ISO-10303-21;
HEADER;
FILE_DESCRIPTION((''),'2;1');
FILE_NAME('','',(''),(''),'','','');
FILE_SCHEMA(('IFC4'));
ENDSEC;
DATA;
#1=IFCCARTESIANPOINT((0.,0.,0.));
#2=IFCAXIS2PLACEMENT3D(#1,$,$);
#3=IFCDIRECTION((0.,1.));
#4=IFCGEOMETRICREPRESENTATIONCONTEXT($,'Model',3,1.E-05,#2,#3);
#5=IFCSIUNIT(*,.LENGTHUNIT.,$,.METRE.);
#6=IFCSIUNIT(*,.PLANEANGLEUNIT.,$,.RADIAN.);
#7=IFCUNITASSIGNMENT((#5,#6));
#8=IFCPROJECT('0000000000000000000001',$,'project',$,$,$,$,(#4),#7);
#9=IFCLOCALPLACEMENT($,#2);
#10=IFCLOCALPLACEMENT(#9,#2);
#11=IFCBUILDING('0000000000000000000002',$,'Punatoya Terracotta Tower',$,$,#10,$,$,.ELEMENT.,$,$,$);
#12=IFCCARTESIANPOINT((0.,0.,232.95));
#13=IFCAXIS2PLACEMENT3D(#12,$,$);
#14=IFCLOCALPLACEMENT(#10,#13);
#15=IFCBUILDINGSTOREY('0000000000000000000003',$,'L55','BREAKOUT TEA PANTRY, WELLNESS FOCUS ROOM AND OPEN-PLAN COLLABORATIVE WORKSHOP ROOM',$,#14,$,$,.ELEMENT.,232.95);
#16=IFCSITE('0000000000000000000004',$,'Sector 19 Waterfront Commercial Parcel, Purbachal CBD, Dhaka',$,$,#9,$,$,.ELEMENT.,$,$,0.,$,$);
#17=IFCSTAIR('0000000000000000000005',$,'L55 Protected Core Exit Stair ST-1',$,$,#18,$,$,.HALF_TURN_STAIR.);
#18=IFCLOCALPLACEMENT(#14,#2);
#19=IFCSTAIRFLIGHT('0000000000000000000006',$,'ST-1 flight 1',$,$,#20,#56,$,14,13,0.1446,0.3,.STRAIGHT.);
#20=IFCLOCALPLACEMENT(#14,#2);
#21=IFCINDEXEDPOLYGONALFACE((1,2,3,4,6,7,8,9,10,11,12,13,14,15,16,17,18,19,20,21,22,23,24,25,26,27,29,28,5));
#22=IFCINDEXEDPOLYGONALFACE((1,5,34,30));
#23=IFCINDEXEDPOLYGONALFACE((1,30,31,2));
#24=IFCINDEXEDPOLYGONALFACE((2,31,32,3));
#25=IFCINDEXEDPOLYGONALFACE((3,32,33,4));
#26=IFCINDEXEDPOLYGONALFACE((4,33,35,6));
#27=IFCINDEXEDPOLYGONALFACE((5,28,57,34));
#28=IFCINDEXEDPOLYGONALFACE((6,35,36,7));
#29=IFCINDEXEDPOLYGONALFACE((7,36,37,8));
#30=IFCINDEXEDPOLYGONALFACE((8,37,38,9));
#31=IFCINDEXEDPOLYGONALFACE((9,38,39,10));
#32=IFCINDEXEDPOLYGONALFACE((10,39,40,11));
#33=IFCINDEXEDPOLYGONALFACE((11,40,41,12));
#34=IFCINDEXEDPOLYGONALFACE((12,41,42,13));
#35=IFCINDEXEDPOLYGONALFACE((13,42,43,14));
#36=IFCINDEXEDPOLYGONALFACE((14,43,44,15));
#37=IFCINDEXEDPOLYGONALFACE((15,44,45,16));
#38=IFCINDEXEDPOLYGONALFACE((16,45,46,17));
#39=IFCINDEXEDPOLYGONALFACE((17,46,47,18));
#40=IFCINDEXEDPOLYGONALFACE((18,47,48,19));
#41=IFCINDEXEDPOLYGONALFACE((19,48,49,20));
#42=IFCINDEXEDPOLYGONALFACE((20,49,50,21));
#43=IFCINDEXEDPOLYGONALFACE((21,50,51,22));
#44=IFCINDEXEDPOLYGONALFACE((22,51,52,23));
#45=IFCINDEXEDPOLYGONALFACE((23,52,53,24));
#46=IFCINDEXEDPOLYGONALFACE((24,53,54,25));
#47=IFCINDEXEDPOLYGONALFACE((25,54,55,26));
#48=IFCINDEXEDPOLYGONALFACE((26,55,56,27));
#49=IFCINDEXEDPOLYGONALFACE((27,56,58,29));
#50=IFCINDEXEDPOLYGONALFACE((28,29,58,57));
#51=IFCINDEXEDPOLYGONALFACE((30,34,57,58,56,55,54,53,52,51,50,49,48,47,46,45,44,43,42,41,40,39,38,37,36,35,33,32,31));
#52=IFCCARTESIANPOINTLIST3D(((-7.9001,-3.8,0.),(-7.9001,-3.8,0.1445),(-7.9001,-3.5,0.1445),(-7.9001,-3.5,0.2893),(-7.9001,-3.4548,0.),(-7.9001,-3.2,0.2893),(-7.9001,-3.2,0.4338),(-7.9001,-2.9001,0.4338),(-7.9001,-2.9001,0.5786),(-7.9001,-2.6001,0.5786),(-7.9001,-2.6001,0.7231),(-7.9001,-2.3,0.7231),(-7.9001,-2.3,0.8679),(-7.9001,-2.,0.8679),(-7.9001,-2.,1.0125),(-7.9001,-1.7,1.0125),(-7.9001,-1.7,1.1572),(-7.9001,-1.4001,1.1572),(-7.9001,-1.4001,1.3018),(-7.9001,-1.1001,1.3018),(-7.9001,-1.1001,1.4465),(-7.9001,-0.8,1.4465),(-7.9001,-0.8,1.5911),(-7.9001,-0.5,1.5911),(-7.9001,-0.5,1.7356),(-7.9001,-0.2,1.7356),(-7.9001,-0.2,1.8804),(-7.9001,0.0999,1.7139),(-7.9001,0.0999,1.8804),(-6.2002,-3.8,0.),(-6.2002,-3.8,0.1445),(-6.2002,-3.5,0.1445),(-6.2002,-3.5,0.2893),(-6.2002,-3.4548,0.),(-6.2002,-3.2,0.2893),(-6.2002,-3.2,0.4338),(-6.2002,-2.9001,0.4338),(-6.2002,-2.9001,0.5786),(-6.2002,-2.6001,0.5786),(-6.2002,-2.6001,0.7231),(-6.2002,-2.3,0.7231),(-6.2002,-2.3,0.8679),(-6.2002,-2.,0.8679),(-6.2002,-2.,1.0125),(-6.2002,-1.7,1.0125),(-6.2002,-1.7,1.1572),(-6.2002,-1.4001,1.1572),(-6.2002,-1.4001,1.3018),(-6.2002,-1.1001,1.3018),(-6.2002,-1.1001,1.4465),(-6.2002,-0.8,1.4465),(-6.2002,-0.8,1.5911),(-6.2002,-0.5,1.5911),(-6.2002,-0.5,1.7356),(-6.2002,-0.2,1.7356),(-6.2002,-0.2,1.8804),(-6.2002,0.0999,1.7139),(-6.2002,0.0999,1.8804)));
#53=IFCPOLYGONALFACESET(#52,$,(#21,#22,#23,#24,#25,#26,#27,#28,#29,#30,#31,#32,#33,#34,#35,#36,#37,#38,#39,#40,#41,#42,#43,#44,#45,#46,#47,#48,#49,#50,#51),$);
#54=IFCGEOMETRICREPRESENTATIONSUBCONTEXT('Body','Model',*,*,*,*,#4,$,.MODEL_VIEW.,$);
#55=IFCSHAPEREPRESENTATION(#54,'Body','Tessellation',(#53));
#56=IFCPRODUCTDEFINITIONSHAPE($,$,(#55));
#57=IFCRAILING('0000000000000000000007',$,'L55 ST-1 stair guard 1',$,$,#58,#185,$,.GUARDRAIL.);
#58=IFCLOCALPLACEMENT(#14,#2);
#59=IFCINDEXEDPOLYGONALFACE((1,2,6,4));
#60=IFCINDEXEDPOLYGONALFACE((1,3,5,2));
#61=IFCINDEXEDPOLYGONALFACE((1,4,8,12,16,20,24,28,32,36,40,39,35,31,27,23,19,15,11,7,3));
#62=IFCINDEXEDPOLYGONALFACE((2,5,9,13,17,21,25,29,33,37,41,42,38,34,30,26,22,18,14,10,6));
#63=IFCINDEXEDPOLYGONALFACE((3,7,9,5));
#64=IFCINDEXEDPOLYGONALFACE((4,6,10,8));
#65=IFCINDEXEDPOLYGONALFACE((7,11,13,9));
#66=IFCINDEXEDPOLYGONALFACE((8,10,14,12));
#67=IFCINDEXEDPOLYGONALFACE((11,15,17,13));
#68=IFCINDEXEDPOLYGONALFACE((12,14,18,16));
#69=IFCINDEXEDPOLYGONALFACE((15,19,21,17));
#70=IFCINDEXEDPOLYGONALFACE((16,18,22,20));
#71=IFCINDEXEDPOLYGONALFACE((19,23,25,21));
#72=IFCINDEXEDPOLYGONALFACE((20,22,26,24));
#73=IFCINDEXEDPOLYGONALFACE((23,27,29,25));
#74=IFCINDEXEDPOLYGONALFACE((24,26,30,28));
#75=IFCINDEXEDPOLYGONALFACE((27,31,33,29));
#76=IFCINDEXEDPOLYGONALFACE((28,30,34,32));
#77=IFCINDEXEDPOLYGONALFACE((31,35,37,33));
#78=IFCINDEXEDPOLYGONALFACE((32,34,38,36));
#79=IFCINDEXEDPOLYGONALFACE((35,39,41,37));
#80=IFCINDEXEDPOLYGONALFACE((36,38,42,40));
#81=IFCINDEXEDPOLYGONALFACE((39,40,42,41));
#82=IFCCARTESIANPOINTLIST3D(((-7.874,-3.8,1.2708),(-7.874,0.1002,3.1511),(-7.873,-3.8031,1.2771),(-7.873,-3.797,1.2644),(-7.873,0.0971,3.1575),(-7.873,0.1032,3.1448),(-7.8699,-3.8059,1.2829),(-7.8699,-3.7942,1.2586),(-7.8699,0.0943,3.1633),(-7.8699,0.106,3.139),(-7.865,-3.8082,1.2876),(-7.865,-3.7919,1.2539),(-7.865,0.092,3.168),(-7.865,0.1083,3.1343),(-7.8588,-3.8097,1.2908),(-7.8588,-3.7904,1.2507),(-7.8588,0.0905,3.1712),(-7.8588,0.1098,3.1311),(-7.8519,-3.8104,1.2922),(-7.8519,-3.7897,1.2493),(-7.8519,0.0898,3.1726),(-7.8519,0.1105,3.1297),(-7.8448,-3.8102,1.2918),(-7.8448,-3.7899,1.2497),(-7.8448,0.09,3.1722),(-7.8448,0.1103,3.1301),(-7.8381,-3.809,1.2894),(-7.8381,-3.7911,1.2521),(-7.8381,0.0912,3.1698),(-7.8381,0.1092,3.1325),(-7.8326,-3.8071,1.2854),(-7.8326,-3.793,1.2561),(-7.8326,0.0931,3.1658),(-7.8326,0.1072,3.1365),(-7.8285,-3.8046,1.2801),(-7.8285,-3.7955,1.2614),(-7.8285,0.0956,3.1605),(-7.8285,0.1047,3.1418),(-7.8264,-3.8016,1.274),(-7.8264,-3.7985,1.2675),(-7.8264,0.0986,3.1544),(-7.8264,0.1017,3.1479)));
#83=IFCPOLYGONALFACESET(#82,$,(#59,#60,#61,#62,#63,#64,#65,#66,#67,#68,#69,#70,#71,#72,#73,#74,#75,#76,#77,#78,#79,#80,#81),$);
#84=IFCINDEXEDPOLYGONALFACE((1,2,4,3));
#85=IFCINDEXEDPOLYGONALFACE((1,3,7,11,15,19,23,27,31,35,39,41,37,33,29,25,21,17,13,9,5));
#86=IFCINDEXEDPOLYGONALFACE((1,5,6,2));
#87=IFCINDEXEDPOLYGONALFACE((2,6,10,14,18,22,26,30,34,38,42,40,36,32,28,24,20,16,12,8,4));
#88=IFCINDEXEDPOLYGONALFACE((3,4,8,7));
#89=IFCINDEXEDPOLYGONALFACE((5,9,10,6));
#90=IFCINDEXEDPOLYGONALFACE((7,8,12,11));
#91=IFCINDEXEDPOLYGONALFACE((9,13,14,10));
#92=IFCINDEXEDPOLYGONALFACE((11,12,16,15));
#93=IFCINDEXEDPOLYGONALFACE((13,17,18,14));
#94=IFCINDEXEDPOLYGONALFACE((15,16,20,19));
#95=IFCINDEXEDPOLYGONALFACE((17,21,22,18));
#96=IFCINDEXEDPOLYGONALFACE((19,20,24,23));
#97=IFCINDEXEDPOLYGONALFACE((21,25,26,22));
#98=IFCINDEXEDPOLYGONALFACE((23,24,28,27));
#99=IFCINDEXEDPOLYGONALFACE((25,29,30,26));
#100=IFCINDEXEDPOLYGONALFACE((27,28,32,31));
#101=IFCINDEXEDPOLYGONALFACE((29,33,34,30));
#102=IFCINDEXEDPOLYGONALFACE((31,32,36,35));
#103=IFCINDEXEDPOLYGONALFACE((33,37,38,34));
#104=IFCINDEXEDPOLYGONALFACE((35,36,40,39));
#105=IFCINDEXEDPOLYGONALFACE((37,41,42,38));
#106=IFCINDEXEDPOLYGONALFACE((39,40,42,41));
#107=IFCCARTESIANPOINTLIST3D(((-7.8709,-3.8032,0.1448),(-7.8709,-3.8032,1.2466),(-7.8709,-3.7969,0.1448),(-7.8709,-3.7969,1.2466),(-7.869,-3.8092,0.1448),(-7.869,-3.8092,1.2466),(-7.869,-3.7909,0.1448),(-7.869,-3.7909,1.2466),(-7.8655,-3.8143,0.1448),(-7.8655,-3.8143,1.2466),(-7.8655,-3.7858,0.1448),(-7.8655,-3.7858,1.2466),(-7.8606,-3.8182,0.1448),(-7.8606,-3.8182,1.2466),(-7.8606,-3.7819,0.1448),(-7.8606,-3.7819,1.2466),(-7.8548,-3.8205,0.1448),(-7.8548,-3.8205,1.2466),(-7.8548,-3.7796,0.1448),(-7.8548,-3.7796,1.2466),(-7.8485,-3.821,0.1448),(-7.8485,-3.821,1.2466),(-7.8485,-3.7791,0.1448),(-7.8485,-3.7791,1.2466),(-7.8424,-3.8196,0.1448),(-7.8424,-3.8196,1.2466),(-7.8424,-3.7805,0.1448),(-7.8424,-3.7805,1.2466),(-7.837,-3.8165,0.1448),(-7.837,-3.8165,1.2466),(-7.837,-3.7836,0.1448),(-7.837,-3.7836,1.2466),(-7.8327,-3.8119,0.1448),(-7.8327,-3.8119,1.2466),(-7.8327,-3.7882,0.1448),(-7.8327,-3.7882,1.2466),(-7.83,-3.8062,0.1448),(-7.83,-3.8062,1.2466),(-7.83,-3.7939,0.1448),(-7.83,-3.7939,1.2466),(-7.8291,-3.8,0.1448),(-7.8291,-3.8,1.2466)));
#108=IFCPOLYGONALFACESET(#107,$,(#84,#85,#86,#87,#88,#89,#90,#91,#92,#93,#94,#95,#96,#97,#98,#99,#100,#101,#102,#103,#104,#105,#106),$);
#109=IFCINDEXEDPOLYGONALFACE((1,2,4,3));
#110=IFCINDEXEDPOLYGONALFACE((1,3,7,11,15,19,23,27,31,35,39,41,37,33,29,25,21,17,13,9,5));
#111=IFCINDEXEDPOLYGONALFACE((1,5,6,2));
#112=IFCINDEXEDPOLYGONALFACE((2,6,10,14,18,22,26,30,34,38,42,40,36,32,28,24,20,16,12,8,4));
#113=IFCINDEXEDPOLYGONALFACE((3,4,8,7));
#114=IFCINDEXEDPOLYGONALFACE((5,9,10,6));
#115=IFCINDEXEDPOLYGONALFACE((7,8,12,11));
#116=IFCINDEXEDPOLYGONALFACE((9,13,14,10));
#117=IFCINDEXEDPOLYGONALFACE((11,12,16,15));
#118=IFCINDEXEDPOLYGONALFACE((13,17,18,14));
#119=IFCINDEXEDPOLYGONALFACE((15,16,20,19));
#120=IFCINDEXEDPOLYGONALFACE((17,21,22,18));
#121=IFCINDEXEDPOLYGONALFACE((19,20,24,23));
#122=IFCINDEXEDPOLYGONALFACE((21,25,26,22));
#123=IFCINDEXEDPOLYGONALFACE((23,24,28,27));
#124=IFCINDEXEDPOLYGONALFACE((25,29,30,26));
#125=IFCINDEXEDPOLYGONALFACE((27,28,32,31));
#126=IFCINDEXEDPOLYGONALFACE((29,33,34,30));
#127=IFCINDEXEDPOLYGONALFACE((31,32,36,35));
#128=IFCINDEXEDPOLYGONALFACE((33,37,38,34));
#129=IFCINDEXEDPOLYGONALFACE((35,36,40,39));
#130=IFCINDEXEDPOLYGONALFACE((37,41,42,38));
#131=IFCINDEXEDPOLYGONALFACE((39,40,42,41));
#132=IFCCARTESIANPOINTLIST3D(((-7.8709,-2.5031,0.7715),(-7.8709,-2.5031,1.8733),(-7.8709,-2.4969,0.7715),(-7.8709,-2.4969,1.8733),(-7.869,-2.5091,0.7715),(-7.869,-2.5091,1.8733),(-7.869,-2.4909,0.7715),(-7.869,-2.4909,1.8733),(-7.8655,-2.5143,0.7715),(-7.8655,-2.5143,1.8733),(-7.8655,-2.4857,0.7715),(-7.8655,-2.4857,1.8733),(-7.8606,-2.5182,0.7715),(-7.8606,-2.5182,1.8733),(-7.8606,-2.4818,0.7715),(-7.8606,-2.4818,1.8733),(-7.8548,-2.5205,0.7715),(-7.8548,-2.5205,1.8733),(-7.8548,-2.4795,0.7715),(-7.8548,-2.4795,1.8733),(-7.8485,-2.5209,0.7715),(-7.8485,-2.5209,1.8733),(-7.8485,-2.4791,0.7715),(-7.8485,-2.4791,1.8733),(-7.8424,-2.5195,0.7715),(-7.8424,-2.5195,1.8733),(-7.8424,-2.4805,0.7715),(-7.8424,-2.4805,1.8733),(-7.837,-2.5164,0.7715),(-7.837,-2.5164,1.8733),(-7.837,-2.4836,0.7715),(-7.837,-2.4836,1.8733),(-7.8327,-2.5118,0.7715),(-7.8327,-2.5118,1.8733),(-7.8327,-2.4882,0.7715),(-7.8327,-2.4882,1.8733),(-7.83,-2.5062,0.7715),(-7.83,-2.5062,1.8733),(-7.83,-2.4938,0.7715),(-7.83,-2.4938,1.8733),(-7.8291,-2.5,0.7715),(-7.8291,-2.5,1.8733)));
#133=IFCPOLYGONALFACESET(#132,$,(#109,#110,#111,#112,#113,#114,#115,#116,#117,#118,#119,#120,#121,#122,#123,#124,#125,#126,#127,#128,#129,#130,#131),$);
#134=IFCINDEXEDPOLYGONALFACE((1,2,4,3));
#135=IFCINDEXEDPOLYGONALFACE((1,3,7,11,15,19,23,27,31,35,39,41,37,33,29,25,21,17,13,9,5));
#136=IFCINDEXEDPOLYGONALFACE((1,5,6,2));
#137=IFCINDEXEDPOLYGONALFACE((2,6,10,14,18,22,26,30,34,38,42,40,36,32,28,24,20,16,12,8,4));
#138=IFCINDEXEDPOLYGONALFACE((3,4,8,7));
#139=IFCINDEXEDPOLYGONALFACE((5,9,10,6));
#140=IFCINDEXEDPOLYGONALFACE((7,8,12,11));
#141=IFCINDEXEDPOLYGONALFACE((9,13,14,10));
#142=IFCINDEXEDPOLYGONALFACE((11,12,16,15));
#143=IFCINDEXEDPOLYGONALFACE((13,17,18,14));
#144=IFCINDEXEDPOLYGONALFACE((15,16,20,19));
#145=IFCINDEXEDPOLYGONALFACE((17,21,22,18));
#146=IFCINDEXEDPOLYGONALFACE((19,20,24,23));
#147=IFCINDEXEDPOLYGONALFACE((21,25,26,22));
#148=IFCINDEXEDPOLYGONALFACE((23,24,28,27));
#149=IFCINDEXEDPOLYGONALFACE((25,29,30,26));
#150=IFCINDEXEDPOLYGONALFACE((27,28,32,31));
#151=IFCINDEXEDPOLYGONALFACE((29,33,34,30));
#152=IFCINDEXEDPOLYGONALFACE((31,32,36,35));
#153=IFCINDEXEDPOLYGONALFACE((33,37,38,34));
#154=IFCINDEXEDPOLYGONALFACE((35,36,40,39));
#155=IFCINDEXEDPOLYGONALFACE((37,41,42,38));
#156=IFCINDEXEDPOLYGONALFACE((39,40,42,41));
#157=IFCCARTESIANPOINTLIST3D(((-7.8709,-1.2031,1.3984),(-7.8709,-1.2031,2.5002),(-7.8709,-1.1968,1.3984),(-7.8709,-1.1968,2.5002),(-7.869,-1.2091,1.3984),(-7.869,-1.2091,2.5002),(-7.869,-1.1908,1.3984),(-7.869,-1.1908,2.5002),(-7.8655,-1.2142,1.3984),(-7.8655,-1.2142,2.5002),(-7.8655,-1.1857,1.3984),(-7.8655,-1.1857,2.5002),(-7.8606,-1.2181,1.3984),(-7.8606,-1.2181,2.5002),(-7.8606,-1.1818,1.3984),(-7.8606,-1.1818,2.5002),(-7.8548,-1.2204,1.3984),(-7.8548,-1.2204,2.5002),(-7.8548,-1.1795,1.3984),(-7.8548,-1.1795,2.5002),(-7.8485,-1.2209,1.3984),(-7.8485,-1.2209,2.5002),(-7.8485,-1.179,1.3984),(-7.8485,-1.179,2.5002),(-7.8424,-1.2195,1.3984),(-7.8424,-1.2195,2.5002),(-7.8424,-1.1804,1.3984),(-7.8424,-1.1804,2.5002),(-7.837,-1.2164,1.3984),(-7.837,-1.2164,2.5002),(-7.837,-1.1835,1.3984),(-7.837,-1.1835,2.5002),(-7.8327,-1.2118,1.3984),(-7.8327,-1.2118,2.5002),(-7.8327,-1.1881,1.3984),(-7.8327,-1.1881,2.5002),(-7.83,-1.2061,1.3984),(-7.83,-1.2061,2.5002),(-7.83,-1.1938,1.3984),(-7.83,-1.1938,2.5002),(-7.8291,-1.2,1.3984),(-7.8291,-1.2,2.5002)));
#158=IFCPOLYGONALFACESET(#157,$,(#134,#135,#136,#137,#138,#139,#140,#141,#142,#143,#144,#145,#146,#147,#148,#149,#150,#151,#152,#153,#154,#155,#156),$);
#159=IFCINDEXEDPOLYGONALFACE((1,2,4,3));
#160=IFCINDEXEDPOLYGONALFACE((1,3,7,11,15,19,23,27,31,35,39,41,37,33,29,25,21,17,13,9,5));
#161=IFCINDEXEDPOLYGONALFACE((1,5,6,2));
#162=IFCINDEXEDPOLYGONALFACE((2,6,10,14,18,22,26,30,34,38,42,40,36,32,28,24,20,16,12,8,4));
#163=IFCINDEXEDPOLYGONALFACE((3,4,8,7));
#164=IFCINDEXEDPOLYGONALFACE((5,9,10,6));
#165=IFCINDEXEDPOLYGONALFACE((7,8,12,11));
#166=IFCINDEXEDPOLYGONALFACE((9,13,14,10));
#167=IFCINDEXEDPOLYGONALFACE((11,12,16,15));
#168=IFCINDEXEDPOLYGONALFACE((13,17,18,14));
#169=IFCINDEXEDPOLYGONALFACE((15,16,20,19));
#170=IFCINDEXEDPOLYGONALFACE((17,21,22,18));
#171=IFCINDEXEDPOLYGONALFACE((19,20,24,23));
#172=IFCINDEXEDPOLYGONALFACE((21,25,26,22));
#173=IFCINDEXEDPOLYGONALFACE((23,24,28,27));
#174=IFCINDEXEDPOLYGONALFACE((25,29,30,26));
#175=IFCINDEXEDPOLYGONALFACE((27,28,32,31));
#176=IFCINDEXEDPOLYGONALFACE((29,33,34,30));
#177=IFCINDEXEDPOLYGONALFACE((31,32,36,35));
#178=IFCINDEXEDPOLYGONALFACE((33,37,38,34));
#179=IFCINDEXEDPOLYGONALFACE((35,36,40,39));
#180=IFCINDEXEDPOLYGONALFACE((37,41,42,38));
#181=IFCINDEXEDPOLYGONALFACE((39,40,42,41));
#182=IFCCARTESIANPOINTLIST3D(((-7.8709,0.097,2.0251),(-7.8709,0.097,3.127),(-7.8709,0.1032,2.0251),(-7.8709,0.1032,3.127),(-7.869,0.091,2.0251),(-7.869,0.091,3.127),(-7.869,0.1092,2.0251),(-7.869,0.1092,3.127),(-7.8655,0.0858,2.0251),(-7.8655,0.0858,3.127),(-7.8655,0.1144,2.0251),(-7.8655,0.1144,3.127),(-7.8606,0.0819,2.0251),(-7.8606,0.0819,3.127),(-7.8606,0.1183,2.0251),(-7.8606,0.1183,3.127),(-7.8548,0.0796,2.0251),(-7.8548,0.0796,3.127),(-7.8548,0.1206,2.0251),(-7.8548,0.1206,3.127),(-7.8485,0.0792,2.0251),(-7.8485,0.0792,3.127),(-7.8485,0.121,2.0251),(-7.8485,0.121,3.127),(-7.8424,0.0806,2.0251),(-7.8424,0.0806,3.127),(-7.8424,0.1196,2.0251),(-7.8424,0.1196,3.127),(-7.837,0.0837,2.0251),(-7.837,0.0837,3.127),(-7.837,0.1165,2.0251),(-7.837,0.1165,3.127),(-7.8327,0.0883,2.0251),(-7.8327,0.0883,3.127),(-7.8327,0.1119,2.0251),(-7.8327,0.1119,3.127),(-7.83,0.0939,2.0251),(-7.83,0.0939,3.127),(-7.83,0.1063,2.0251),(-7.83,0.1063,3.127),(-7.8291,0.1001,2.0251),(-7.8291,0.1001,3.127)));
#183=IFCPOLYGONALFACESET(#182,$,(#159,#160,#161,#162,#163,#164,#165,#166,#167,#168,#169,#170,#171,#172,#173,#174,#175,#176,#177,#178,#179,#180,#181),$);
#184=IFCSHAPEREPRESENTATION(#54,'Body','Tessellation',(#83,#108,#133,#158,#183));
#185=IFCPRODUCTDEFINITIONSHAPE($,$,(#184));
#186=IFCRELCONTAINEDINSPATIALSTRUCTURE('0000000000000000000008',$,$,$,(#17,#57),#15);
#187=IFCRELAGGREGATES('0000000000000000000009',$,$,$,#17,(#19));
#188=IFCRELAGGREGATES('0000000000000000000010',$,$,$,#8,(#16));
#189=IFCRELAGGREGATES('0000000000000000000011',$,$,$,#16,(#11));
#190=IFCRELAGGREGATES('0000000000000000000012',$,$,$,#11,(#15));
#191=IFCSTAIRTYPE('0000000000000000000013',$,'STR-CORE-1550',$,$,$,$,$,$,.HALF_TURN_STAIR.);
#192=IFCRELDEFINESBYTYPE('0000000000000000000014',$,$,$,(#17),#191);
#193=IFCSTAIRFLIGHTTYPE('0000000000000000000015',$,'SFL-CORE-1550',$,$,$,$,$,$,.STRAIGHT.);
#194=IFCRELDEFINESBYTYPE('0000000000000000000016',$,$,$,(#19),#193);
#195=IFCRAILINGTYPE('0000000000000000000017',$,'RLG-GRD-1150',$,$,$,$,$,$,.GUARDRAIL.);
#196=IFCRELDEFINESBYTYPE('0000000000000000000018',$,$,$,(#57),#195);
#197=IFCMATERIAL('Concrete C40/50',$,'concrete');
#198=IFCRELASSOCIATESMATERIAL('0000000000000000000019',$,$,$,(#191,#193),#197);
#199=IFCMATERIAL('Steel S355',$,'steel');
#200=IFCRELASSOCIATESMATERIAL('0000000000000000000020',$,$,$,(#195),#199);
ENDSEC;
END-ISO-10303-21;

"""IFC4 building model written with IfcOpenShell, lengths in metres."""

from ifc_helpers import new_model, si_unit, direction, frame, origin, origin_2d, place, context, subcontext, project, spatial, polyline, circle, outline, extrude, material, type_object, element, aggregate, save


model = new_model("IFC4")

# Units and contexts
model_context = context("Model", 3, precision=1e-05, world=origin(), true_north=direction((0.0, 1.0)))
body_context = subcontext(model_context, "Body", "Model", "MODEL_VIEW")
ifc_project = project(units=[si_unit("LENGTHUNIT", "METRE"), si_unit("PLANEANGLEUNIT", "RADIAN")], contexts=[model_context])

# Site, building, storey
site_placement = place(None, origin())
site = spatial("IfcSite", under=ifc_project, at=site_placement, Name="Sector 19 Waterfront Commercial Parcel, Purbachal CBD, Dhaka", CompositionType="ELEMENT", RefElevation=0.0)
building_placement = place(site_placement, origin())
building = spatial("IfcBuilding", under=site, at=building_placement, Name="Punatoya Terracotta Tower", CompositionType="ELEMENT")
storey_placement = place(building_placement, frame((0.0, 0.0, 232.95)))
storey = spatial("IfcBuildingStorey", under=building, at=storey_placement, Name="L55", Description="BREAKOUT TEA PANTRY, WELLNESS FOCUS ROOM AND OPEN-PLAN COLLABORATIVE WORKSHOP ROOM", CompositionType="ELEMENT", Elevation=232.95)

# Shared definitions
ifc_material_1 = material(Name="Concrete C40/50", Category="concrete")

# Stair, stair flight
stair_type = type_object("IfcStairType", Name="STR-CORE-1550", PredefinedType="HALF_TURN_STAIR", material=ifc_material_1)
stair_placement = place(storey_placement, origin())
stair = element("IfcStair", 1, at=stair_placement, inside=storey, type_object=stair_type, Name="L55 Protected Core Exit Stair ST-1", PredefinedType="HALF_TURN_STAIR")
stair_flight_type = type_object("IfcStairFlightType", Name="SFL-CORE-1550", PredefinedType="STRAIGHT", material=ifc_material_1)
stair_flight_placement = place(storey_placement, frame((-7.05, -3.8, 0.0), z_axis=(0.0, 0.0, 1.0), x_axis=(0.0, 1.0, 0.0)))
stair_flight = element("IfcStairFlight", 2, at=stair_flight_placement, type_object=stair_flight_type, Name="ST-1 flight 1", NumberOfRisers=14, NumberOfTreads=13, PredefinedType="STRAIGHT", RiserHeight=0.1446, TreadLength=0.3, context=body_context, shape_type="SweptSolid", body=[
    extrude(outline(polyline([(0.0, 0.0), (0.0, 0.1445), (0.3, 0.1445), (0.3, 0.2893), (0.6001, 0.2893), (0.6001, 0.4338), (0.8999, 0.4338), (0.8999, 0.5786), (1.2, 0.5786), (1.2, 0.7231), (1.5, 0.7231), (1.5, 0.8679), (1.8, 0.8679), (1.8, 1.0125), (2.1001, 1.0125), (2.1001, 1.1572), (2.3999, 1.1572), (2.3999, 1.3018), (2.7, 1.3018), (2.7, 1.4465), (3.0, 1.4465), (3.0, 1.5911), (3.3, 1.5911), (3.3, 1.7356), (3.6001, 1.7356), (3.6001, 1.8804), (3.8999, 1.8804), (3.8999, 2.0249), (3.8999, 1.7139), (0.3452, 0.0), (0.0, 0.0)])), frame((0.0, 0.8501, 0.0), z_axis=(0.0, -1.0, 0.0), x_axis=(1.0, 0.0, 0.0)), (0.0, 0.0, 1.0), 1.7),
])
aggregate(stair, [stair_flight])

# Railing
ifc_material_2 = material(Name="Steel S355", Category="steel")
railing_type_1 = type_object("IfcRailingType", Name="RLG-GRD-1150", PredefinedType="GUARDRAIL", material=ifc_material_2)
railing_1_placement = place(storey_placement, frame((-7.8501, -3.8, 0.1448)))
element("IfcRailing", 3, at=railing_1_placement, inside=storey, type_object=railing_type_1, Name="L55 ST-1 stair guard 1", PredefinedType="GUARDRAIL", context=body_context, shape_type="SweptSolid", body=[
    extrude(circle(Radius=0.0239, at=origin_2d()), frame((0.0, 0.0, 1.126), z_axis=(0.0, 0.900774, 0.434289), x_axis=(-1.0, 0.0, 0.0)), (0.0, 0.0, 1.0), 4.3298),
    extrude(circle(Radius=0.021, at=origin_2d()), origin(), (0.0, 0.0, 1.0), 1.1018),
    extrude(circle(Radius=0.021, at=origin_2d()), frame((0.0, 1.3, 0.6267)), (0.0, 0.0, 1.0), 1.1018),
    extrude(circle(Radius=0.021, at=origin_2d()), frame((0.0, 2.6001, 1.2537)), (0.0, 0.0, 1.0), 1.1018),
    extrude(circle(Radius=0.021, at=origin_2d()), frame((0.0, 3.9001, 1.8804)), (0.0, 0.0, 1.0), 1.1018),
])

save(model, "model.ifc")
